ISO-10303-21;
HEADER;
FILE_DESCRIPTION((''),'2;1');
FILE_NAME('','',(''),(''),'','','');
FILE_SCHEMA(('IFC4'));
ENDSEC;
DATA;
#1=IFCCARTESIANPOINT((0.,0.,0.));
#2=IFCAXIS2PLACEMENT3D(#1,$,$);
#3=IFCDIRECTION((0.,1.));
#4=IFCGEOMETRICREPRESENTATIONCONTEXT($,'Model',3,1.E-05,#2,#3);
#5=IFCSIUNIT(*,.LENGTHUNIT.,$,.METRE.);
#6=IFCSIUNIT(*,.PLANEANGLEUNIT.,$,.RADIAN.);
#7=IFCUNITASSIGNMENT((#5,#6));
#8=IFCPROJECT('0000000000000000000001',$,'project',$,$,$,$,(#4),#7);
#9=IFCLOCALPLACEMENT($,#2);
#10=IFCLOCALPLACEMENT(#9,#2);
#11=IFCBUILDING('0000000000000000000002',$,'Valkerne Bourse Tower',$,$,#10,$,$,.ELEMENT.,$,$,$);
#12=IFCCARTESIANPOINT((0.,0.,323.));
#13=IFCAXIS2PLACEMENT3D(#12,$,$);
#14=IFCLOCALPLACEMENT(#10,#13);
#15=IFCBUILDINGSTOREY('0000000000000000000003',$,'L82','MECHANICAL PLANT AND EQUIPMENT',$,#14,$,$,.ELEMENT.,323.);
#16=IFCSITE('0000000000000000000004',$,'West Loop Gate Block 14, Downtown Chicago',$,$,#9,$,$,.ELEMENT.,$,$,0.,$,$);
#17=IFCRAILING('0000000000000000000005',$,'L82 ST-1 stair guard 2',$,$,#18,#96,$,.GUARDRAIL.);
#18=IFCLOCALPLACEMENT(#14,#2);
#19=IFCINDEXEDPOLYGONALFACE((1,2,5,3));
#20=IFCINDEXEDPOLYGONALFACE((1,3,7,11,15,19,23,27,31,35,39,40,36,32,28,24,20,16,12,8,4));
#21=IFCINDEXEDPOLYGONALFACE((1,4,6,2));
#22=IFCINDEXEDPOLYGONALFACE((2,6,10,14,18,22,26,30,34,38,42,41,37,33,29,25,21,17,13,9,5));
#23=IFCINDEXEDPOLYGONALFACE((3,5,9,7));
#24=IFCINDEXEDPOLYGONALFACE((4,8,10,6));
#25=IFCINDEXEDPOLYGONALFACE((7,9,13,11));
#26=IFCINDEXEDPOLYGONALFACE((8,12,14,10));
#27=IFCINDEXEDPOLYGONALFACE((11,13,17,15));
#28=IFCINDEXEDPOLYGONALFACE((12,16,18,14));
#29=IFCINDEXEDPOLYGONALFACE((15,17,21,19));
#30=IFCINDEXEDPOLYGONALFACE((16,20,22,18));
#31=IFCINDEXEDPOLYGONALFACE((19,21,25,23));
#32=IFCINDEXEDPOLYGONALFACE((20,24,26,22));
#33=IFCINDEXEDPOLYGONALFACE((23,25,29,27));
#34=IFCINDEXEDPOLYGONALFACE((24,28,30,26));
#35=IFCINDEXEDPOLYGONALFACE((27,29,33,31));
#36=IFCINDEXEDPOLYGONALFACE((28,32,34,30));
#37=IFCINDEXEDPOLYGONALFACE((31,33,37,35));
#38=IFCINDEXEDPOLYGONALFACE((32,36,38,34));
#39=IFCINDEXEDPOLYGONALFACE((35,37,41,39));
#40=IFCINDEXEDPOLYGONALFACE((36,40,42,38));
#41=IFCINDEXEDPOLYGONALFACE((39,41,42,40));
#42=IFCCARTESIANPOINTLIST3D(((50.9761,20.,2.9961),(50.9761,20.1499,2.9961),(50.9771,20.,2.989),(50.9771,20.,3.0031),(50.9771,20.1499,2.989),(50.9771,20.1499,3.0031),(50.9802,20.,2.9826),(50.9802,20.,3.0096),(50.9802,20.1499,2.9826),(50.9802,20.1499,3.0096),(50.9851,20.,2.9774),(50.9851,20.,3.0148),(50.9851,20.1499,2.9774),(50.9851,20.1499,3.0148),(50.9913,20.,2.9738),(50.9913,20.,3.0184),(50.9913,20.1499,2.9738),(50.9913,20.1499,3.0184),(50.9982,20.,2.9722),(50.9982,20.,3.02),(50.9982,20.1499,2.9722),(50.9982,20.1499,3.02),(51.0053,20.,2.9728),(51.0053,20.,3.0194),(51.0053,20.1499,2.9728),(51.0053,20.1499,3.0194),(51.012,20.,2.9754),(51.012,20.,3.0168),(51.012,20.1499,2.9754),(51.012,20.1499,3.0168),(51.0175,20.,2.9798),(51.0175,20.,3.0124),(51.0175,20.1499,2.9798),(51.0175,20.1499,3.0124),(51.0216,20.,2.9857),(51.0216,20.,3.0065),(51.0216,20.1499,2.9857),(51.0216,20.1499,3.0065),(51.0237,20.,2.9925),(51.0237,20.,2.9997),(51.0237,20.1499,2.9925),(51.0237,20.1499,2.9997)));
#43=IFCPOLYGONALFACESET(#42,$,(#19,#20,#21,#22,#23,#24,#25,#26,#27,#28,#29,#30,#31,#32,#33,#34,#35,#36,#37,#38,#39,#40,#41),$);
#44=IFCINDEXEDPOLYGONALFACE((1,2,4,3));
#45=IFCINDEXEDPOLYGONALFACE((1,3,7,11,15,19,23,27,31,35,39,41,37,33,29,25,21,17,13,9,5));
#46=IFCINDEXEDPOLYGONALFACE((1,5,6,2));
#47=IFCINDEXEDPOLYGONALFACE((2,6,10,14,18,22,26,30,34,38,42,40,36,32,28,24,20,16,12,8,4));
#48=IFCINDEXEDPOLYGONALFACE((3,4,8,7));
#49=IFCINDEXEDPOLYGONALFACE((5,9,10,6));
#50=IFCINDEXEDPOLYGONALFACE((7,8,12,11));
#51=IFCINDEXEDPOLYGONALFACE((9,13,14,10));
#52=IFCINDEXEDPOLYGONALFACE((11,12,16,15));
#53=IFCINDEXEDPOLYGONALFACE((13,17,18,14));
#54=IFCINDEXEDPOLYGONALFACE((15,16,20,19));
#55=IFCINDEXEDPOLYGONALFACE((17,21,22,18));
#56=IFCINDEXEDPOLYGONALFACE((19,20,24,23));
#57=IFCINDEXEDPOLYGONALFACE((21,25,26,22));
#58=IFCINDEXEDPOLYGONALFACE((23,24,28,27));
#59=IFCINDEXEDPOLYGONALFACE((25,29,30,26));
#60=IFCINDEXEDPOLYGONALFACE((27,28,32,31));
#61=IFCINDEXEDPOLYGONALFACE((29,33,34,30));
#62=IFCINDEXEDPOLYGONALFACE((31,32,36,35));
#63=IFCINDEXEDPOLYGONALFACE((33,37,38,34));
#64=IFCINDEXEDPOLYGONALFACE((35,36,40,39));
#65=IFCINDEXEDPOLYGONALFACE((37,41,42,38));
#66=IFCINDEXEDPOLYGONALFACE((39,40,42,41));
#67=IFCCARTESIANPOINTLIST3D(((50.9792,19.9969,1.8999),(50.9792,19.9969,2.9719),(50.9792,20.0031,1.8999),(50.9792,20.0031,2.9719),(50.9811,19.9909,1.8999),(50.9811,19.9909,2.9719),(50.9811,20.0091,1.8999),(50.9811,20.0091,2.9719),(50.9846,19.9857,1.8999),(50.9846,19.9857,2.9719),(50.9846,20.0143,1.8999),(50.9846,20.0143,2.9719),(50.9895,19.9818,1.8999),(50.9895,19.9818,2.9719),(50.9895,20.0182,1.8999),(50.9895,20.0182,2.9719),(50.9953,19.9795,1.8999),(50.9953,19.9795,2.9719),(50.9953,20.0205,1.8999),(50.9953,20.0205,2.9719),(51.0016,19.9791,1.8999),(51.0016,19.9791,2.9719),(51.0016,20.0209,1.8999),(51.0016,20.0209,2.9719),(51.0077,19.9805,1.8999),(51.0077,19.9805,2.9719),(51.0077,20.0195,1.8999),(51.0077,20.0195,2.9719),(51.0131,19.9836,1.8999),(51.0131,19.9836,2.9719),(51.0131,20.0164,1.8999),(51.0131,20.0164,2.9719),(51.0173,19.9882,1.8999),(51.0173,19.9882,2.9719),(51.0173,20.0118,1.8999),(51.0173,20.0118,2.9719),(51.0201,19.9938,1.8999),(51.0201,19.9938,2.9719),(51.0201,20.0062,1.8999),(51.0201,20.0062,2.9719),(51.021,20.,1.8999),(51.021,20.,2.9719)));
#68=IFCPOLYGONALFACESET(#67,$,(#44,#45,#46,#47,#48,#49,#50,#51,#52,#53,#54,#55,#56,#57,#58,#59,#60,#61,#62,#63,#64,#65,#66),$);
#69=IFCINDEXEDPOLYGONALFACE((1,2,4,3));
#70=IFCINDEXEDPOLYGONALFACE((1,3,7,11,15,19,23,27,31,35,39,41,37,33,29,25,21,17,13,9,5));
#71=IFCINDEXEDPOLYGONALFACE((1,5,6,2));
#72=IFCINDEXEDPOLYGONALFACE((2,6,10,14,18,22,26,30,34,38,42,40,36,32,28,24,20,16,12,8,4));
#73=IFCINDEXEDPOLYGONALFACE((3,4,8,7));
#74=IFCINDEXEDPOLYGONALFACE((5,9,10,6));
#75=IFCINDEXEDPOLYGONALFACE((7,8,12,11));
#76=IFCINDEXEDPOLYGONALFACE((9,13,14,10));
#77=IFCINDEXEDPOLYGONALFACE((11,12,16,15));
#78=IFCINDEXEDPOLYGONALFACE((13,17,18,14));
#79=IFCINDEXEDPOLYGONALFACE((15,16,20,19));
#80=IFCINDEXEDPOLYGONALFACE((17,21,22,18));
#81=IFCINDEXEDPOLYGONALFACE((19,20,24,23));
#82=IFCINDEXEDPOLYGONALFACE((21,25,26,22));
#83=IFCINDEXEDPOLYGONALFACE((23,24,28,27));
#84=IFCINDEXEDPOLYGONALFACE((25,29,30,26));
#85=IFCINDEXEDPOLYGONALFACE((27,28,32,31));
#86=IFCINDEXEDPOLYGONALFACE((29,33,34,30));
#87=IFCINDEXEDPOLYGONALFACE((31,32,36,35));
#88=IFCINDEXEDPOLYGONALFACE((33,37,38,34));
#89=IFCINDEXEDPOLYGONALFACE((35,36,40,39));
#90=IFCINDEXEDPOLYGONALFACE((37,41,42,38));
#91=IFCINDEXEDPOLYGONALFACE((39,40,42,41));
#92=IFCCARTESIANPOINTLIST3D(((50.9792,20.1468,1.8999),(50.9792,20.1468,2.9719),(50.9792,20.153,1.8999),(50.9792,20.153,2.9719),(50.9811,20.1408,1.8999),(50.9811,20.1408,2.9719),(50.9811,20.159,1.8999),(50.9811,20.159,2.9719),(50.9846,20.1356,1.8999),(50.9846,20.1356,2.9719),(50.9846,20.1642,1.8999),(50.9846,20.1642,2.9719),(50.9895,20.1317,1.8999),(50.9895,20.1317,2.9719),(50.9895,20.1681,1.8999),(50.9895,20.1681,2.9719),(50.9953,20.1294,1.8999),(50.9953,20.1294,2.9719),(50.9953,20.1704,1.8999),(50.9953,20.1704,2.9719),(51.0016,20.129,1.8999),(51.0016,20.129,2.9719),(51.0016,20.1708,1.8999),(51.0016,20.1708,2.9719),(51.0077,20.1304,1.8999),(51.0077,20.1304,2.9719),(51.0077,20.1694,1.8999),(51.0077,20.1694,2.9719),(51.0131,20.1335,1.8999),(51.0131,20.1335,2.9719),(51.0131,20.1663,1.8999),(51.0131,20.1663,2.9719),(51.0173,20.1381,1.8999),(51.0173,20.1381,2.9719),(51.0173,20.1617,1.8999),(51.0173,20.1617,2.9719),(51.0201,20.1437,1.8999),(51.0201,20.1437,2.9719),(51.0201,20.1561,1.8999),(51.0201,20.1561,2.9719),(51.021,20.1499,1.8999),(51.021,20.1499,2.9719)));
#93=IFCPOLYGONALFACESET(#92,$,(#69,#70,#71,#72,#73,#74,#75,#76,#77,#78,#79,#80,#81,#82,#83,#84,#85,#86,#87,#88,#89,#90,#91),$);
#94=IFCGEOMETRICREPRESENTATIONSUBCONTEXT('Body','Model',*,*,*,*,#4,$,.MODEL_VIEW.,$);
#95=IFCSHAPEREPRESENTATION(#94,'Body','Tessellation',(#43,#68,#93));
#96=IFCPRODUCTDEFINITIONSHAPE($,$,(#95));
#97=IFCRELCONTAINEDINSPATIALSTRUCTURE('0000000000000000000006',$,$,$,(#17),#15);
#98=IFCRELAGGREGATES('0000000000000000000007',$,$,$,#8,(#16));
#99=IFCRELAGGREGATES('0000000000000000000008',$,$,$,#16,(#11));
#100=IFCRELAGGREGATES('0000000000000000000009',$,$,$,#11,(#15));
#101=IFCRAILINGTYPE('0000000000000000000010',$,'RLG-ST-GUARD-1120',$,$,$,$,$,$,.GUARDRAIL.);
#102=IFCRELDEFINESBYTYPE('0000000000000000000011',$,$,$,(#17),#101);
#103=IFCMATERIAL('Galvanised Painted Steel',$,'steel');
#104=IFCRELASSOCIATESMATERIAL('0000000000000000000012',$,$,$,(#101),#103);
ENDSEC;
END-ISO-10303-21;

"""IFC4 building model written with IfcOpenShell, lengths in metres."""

from ifc_helpers import new_model, si_unit, direction, frame, origin, origin_2d, place, context, subcontext, project, spatial, circle, extrude, material, type_object, element, save


model = new_model("IFC4")

# Units and contexts
model_context = context("Model", 3, precision=1e-05, world=origin(), true_north=direction((0.0, 1.0)))
body_context = subcontext(model_context, "Body", "Model", "MODEL_VIEW")
ifc_project = project(units=[si_unit("LENGTHUNIT", "METRE"), si_unit("PLANEANGLEUNIT", "RADIAN")], contexts=[model_context])

# Site, building, storey
site_placement = place(None, origin())
site = spatial("IfcSite", under=ifc_project, at=site_placement, Name="West Loop Gate Block 14, Downtown Chicago", CompositionType="ELEMENT", RefElevation=0.0)
building_placement = place(site_placement, origin())
building = spatial("IfcBuilding", under=site, at=building_placement, Name="Valkerne Bourse Tower", CompositionType="ELEMENT")
storey_placement = place(building_placement, frame((0.0, 0.0, 323.0)))
storey = spatial("IfcBuildingStorey", under=building, at=storey_placement, Name="L82", Description="MECHANICAL PLANT AND EQUIPMENT", CompositionType="ELEMENT", Elevation=323.0)

# Railing
ifc_material_1 = material(Name="Galvanised Painted Steel", Category="steel")
railing_type_1 = type_object("IfcRailingType", Name="RLG-ST-GUARD-1120", PredefinedType="GUARDRAIL", material=ifc_material_1)
railing_1_placement = place(storey_placement, frame((51.0, 20.0, 1.8999)))
element("IfcRailing", 1, at=railing_1_placement, inside=storey, type_object=railing_type_1, Name="L82 ST-1 stair guard 2", PredefinedType="GUARDRAIL", context=body_context, shape_type="SweptSolid", body=[
    extrude(circle(Radius=0.0239, at=origin_2d()), frame((0.0, 0.0, 1.0962), z_axis=(0.0, 1.0, 0.0), x_axis=(-1.0, 0.0, 0.0)), (0.0, 0.0, 1.0), 0.1499),
    extrude(circle(Radius=0.021, at=origin_2d()), origin(), (0.0, 0.0, 1.0), 1.072),
    extrude(circle(Radius=0.021, at=origin_2d()), frame((0.0, 0.1499, 0.0)), (0.0, 0.0, 1.0), 1.072),
])

save(model, "model.ifc")
